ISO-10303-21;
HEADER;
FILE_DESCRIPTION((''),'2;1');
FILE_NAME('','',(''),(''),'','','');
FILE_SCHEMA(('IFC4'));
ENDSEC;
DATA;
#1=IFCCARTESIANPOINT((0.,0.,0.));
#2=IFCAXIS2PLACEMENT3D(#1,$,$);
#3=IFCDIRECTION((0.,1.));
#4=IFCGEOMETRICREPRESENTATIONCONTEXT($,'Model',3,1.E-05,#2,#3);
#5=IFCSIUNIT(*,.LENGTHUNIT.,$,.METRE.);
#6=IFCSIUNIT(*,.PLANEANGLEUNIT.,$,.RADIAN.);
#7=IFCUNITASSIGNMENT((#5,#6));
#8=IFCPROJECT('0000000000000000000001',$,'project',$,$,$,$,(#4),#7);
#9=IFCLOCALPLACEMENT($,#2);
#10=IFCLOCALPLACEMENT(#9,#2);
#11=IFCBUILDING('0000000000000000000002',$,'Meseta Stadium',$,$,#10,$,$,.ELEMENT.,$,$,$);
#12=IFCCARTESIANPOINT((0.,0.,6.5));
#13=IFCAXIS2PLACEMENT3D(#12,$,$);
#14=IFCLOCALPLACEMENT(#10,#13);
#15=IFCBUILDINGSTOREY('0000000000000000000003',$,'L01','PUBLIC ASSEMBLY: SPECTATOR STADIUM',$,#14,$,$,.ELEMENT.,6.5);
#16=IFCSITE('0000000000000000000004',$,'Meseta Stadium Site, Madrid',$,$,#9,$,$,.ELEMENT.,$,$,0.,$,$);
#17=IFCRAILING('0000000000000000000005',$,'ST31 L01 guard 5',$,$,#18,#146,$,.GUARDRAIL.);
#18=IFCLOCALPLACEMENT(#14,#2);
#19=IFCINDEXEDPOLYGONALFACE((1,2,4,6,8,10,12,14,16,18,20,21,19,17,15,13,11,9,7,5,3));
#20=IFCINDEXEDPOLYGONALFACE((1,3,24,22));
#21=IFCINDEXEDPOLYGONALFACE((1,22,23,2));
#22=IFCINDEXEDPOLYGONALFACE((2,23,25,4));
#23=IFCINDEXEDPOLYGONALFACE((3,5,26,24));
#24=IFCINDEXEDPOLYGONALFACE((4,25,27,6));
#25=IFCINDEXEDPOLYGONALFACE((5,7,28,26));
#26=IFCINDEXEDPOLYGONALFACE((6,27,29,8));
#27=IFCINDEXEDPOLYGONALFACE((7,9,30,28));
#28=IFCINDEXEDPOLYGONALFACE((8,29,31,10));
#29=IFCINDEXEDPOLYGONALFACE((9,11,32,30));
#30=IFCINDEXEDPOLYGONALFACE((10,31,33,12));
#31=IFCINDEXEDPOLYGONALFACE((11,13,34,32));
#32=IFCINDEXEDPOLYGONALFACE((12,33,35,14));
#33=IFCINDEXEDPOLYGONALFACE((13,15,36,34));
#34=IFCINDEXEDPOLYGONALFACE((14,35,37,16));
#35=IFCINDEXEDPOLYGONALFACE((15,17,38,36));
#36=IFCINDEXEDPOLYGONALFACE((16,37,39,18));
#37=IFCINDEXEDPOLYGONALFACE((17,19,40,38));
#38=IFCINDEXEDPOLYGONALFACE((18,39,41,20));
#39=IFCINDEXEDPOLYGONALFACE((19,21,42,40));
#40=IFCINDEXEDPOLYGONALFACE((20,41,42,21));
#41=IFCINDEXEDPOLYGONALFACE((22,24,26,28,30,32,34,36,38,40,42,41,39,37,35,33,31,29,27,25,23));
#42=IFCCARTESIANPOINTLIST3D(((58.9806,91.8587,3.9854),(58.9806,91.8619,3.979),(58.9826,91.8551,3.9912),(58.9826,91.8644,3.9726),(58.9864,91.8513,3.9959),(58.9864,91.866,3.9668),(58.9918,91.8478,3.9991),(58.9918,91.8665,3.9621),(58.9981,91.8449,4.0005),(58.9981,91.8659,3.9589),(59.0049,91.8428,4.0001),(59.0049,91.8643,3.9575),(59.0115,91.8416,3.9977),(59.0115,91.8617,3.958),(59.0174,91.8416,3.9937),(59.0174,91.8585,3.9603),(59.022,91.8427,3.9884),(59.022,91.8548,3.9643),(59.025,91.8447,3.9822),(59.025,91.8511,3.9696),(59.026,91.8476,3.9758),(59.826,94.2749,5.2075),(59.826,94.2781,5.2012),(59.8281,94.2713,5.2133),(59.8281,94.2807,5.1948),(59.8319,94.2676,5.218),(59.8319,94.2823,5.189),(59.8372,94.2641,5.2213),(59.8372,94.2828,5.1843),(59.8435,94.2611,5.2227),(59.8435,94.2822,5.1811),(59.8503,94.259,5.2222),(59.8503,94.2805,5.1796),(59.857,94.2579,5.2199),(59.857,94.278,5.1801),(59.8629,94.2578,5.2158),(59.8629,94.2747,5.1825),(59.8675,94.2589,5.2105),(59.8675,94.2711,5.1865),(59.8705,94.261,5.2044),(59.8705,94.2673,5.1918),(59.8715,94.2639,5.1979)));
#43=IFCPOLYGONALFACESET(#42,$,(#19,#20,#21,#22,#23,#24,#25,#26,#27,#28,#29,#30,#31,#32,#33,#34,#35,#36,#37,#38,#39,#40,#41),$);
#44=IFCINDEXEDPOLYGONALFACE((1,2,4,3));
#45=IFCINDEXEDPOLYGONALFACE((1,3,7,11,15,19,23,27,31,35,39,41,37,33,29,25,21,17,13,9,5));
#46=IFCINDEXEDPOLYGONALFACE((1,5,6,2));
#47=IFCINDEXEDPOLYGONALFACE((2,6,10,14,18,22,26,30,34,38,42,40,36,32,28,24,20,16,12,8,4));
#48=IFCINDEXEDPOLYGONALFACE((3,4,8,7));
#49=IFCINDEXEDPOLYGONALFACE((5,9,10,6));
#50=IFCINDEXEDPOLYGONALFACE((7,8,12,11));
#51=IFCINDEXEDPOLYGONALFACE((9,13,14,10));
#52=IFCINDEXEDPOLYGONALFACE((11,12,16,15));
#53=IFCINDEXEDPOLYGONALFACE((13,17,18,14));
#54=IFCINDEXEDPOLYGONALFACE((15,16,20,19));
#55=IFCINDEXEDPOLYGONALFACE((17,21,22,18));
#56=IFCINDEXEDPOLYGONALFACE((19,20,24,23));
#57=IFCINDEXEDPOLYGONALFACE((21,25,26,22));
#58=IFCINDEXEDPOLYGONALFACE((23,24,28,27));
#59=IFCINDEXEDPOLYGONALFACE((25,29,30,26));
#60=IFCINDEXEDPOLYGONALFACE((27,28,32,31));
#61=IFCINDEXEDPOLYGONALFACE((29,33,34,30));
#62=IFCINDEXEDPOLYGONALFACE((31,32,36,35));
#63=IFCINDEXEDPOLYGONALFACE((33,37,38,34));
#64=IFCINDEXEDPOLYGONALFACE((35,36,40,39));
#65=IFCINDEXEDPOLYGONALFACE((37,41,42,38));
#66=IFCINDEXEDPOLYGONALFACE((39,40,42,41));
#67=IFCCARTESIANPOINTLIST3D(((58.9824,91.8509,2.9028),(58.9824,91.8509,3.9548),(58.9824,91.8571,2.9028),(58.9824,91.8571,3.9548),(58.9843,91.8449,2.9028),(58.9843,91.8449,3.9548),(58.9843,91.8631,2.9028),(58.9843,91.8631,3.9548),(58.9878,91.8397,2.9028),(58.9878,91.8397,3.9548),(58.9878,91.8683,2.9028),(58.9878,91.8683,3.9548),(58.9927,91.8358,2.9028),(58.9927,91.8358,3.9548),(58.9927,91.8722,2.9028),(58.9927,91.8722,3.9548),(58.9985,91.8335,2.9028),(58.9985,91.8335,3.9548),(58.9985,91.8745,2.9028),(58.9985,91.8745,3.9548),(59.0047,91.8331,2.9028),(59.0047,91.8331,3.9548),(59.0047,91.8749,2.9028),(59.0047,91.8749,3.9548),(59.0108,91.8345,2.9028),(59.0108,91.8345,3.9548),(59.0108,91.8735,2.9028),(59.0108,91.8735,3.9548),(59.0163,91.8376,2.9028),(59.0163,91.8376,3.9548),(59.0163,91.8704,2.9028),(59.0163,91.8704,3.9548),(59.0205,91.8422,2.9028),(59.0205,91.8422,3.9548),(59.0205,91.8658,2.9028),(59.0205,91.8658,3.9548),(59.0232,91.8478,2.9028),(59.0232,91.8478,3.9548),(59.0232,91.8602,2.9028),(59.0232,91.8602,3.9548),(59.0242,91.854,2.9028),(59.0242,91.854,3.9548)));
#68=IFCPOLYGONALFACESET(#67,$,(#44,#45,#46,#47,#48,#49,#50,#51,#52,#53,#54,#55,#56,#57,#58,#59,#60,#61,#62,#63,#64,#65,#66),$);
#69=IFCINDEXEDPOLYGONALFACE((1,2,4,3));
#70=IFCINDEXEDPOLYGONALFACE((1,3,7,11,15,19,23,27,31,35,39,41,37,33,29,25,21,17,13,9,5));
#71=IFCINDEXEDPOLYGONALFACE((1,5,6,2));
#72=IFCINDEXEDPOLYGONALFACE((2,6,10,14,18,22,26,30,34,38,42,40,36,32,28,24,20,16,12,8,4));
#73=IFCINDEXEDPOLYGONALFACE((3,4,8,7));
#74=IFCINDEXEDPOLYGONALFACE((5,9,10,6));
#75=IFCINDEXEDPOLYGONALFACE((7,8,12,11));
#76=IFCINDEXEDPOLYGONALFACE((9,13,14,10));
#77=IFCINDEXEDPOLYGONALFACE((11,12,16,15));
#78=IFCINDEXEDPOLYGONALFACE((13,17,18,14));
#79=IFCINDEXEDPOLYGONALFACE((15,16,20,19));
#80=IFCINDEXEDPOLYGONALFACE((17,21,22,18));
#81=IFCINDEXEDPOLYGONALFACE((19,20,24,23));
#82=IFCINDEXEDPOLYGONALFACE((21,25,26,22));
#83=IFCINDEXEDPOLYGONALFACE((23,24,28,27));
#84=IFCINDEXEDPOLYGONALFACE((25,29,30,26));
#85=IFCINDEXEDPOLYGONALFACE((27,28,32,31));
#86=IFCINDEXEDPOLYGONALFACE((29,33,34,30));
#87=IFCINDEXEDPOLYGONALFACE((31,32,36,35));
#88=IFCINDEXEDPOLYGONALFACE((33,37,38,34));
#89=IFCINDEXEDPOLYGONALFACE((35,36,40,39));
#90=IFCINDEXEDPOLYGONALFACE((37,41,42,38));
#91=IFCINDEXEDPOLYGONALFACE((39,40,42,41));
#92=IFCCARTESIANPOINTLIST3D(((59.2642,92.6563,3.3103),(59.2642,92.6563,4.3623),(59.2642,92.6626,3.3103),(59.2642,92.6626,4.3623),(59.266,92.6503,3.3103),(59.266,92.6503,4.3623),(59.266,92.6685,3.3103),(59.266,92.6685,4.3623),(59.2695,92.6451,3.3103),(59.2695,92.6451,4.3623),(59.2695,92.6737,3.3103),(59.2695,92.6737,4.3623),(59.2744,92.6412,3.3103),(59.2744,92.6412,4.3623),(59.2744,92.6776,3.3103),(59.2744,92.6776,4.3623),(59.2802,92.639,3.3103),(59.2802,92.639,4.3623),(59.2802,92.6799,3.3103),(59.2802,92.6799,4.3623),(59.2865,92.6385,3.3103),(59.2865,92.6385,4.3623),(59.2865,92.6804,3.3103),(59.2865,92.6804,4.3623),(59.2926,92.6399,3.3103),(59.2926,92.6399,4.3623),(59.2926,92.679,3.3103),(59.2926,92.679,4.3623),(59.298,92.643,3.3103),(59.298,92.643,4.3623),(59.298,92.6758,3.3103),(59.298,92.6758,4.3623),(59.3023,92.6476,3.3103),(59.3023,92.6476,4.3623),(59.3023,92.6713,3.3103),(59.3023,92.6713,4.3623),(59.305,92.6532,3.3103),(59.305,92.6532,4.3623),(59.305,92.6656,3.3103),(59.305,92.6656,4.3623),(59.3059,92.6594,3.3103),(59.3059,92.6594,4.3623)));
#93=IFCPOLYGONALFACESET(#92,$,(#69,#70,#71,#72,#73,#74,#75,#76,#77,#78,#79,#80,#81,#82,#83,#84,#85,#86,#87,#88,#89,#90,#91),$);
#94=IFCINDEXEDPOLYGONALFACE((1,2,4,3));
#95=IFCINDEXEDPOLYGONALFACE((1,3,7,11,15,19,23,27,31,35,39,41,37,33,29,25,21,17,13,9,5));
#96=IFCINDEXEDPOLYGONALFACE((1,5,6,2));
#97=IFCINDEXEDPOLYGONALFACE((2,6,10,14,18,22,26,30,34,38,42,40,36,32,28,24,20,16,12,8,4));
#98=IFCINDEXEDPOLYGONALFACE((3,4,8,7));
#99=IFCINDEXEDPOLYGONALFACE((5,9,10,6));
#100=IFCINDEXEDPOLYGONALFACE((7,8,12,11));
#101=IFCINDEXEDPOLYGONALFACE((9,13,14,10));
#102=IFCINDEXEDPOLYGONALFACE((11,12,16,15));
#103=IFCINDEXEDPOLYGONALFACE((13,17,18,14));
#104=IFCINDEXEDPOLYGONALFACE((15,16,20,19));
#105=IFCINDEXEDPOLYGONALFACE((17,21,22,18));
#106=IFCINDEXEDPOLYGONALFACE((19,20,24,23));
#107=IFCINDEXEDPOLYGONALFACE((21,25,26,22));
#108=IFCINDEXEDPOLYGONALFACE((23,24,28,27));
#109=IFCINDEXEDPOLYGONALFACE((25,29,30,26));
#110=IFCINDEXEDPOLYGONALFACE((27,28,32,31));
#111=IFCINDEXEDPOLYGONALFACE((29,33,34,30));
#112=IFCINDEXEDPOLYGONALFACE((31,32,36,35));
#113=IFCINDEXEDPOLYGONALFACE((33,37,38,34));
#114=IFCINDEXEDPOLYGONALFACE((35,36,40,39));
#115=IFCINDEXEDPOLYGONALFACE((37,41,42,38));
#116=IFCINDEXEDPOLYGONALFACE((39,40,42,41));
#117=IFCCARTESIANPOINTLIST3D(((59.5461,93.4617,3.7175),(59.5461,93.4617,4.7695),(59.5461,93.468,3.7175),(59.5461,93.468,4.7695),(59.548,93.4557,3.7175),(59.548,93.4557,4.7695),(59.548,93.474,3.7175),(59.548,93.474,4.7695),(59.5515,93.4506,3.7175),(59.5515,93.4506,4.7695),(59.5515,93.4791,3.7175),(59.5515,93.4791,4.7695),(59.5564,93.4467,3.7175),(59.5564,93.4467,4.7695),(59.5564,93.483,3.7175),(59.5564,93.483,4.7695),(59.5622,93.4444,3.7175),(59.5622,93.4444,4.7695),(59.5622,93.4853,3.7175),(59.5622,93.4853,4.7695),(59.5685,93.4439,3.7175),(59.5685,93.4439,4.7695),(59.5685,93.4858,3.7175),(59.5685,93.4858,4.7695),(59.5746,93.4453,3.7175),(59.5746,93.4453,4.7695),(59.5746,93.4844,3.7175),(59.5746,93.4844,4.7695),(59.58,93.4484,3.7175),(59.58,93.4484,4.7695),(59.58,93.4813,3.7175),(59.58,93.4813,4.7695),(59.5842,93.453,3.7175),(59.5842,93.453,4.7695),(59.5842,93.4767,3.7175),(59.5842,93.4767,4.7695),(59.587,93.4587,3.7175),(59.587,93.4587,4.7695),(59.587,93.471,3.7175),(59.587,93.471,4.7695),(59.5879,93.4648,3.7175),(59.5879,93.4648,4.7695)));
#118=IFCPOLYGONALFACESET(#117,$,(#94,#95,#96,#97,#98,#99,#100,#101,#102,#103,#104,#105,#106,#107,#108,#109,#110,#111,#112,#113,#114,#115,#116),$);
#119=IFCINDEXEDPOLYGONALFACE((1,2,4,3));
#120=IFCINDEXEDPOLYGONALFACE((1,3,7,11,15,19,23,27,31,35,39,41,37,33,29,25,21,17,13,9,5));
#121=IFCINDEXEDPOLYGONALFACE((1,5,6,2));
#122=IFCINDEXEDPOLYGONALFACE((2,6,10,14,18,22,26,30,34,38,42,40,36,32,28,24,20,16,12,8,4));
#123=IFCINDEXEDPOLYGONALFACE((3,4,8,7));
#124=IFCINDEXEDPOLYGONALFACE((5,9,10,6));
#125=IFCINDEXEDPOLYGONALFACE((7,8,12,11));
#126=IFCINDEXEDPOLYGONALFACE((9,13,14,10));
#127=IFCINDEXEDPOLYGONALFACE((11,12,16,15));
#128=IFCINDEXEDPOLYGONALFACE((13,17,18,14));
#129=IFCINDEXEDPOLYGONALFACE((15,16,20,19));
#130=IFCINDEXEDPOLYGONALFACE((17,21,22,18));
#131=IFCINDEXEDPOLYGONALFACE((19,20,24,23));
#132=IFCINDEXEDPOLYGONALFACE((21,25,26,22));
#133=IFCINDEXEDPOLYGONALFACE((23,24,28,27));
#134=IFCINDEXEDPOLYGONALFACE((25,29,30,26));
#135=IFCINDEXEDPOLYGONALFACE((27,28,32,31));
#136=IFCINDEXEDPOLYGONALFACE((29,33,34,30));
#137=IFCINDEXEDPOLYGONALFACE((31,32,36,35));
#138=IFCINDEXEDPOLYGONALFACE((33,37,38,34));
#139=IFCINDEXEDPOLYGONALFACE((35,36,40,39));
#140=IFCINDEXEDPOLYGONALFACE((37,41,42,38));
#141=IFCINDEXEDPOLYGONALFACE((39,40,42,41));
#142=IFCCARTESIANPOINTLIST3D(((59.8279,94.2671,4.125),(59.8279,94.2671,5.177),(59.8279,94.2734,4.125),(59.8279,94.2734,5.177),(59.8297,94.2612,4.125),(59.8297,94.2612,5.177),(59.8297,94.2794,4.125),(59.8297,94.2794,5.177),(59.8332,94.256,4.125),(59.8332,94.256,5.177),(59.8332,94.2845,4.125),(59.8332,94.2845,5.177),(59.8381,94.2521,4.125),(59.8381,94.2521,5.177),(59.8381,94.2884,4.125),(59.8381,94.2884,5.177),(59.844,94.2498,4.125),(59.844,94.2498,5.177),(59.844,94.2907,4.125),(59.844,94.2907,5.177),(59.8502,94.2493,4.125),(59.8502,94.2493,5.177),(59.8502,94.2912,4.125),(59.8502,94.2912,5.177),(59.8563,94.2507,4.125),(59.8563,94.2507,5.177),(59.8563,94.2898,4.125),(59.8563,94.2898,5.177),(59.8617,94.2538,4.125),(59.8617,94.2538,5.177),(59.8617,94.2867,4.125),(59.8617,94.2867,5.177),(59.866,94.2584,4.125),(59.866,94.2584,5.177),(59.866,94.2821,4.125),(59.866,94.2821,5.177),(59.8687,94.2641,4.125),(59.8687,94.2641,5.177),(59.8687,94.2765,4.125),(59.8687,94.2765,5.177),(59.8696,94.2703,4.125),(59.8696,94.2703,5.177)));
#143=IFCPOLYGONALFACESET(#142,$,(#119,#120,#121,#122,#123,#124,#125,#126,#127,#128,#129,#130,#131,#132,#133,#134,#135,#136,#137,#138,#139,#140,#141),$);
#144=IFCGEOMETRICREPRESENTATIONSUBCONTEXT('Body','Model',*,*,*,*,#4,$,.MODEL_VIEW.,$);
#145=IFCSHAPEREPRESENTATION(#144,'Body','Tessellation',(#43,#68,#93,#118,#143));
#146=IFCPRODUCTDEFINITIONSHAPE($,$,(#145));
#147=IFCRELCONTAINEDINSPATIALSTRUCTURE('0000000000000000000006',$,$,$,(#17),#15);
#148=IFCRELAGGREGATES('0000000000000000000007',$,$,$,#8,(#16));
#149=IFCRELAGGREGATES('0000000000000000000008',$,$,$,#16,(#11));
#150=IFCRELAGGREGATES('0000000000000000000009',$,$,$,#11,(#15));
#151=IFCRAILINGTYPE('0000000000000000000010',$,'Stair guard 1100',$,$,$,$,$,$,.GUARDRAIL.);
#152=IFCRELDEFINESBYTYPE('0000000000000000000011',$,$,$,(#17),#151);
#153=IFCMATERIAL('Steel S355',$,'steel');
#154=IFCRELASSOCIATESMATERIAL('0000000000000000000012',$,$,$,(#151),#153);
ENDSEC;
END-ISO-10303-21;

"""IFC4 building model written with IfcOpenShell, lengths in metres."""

from ifc_helpers import new_model, si_unit, direction, frame, origin, origin_2d, place, context, subcontext, project, spatial, circle, extrude, material, type_object, element, save


model = new_model("IFC4")

# Units and contexts
model_context = context("Model", 3, precision=1e-05, world=origin(), true_north=direction((0.0, 1.0)))
body_context = subcontext(model_context, "Body", "Model", "MODEL_VIEW")
ifc_project = project(units=[si_unit("LENGTHUNIT", "METRE"), si_unit("PLANEANGLEUNIT", "RADIAN")], contexts=[model_context])

# Site, building, storey
site_placement = place(None, origin())
site = spatial("IfcSite", under=ifc_project, at=site_placement, Name="Meseta Stadium Site, Madrid", CompositionType="ELEMENT", RefElevation=0.0)
building_placement = place(site_placement, origin())
building = spatial("IfcBuilding", under=site, at=building_placement, Name="Meseta Stadium", CompositionType="ELEMENT")
storey_placement = place(building_placement, frame((0.0, 0.0, 6.5)))
storey = spatial("IfcBuildingStorey", under=building, at=storey_placement, Name="L01", Description="PUBLIC ASSEMBLY: SPECTATOR STADIUM", CompositionType="ELEMENT", Elevation=6.5)

# Railing
ifc_material_1 = material(Name="Steel S355", Category="steel")
railing_type_1 = type_object("IfcRailingType", Name="Stair guard 1100", PredefinedType="GUARDRAIL", material=ifc_material_1)
railing_1_placement = place(storey_placement, frame((59.0032, 91.854, 2.9028)))
element("IfcRailing", 1, at=railing_1_placement, inside=storey, type_object=railing_type_1, Name="ST31 L01 guard 5", PredefinedType="GUARDRAIL", context=body_context, shape_type="SweptSolid", body=[
    extrude(circle(Radius=0.0239, at=origin_2d()), frame((0.0, 0.0, 1.0762), z_axis=(0.298044, 0.851789, 0.430843), x_axis=(-0.943887, 0.33027, 0.0)), (0.0, 0.0, 1.0), 2.8367),
    extrude(circle(Radius=0.021, at=origin_2d()), origin(), (0.0, 0.0, 1.0), 1.052),
    extrude(circle(Radius=0.021, at=origin_2d()), frame((0.2817, 0.8054, 0.4075)), (0.0, 0.0, 1.0), 1.052),
    extrude(circle(Radius=0.021, at=origin_2d()), frame((0.5637, 1.6108, 0.8147)), (0.0, 0.0, 1.0), 1.052),
    extrude(circle(Radius=0.021, at=origin_2d()), frame((0.8455, 2.4163, 1.2222)), (0.0, 0.0, 1.0), 1.052),
])

save(model, "model.ifc")
